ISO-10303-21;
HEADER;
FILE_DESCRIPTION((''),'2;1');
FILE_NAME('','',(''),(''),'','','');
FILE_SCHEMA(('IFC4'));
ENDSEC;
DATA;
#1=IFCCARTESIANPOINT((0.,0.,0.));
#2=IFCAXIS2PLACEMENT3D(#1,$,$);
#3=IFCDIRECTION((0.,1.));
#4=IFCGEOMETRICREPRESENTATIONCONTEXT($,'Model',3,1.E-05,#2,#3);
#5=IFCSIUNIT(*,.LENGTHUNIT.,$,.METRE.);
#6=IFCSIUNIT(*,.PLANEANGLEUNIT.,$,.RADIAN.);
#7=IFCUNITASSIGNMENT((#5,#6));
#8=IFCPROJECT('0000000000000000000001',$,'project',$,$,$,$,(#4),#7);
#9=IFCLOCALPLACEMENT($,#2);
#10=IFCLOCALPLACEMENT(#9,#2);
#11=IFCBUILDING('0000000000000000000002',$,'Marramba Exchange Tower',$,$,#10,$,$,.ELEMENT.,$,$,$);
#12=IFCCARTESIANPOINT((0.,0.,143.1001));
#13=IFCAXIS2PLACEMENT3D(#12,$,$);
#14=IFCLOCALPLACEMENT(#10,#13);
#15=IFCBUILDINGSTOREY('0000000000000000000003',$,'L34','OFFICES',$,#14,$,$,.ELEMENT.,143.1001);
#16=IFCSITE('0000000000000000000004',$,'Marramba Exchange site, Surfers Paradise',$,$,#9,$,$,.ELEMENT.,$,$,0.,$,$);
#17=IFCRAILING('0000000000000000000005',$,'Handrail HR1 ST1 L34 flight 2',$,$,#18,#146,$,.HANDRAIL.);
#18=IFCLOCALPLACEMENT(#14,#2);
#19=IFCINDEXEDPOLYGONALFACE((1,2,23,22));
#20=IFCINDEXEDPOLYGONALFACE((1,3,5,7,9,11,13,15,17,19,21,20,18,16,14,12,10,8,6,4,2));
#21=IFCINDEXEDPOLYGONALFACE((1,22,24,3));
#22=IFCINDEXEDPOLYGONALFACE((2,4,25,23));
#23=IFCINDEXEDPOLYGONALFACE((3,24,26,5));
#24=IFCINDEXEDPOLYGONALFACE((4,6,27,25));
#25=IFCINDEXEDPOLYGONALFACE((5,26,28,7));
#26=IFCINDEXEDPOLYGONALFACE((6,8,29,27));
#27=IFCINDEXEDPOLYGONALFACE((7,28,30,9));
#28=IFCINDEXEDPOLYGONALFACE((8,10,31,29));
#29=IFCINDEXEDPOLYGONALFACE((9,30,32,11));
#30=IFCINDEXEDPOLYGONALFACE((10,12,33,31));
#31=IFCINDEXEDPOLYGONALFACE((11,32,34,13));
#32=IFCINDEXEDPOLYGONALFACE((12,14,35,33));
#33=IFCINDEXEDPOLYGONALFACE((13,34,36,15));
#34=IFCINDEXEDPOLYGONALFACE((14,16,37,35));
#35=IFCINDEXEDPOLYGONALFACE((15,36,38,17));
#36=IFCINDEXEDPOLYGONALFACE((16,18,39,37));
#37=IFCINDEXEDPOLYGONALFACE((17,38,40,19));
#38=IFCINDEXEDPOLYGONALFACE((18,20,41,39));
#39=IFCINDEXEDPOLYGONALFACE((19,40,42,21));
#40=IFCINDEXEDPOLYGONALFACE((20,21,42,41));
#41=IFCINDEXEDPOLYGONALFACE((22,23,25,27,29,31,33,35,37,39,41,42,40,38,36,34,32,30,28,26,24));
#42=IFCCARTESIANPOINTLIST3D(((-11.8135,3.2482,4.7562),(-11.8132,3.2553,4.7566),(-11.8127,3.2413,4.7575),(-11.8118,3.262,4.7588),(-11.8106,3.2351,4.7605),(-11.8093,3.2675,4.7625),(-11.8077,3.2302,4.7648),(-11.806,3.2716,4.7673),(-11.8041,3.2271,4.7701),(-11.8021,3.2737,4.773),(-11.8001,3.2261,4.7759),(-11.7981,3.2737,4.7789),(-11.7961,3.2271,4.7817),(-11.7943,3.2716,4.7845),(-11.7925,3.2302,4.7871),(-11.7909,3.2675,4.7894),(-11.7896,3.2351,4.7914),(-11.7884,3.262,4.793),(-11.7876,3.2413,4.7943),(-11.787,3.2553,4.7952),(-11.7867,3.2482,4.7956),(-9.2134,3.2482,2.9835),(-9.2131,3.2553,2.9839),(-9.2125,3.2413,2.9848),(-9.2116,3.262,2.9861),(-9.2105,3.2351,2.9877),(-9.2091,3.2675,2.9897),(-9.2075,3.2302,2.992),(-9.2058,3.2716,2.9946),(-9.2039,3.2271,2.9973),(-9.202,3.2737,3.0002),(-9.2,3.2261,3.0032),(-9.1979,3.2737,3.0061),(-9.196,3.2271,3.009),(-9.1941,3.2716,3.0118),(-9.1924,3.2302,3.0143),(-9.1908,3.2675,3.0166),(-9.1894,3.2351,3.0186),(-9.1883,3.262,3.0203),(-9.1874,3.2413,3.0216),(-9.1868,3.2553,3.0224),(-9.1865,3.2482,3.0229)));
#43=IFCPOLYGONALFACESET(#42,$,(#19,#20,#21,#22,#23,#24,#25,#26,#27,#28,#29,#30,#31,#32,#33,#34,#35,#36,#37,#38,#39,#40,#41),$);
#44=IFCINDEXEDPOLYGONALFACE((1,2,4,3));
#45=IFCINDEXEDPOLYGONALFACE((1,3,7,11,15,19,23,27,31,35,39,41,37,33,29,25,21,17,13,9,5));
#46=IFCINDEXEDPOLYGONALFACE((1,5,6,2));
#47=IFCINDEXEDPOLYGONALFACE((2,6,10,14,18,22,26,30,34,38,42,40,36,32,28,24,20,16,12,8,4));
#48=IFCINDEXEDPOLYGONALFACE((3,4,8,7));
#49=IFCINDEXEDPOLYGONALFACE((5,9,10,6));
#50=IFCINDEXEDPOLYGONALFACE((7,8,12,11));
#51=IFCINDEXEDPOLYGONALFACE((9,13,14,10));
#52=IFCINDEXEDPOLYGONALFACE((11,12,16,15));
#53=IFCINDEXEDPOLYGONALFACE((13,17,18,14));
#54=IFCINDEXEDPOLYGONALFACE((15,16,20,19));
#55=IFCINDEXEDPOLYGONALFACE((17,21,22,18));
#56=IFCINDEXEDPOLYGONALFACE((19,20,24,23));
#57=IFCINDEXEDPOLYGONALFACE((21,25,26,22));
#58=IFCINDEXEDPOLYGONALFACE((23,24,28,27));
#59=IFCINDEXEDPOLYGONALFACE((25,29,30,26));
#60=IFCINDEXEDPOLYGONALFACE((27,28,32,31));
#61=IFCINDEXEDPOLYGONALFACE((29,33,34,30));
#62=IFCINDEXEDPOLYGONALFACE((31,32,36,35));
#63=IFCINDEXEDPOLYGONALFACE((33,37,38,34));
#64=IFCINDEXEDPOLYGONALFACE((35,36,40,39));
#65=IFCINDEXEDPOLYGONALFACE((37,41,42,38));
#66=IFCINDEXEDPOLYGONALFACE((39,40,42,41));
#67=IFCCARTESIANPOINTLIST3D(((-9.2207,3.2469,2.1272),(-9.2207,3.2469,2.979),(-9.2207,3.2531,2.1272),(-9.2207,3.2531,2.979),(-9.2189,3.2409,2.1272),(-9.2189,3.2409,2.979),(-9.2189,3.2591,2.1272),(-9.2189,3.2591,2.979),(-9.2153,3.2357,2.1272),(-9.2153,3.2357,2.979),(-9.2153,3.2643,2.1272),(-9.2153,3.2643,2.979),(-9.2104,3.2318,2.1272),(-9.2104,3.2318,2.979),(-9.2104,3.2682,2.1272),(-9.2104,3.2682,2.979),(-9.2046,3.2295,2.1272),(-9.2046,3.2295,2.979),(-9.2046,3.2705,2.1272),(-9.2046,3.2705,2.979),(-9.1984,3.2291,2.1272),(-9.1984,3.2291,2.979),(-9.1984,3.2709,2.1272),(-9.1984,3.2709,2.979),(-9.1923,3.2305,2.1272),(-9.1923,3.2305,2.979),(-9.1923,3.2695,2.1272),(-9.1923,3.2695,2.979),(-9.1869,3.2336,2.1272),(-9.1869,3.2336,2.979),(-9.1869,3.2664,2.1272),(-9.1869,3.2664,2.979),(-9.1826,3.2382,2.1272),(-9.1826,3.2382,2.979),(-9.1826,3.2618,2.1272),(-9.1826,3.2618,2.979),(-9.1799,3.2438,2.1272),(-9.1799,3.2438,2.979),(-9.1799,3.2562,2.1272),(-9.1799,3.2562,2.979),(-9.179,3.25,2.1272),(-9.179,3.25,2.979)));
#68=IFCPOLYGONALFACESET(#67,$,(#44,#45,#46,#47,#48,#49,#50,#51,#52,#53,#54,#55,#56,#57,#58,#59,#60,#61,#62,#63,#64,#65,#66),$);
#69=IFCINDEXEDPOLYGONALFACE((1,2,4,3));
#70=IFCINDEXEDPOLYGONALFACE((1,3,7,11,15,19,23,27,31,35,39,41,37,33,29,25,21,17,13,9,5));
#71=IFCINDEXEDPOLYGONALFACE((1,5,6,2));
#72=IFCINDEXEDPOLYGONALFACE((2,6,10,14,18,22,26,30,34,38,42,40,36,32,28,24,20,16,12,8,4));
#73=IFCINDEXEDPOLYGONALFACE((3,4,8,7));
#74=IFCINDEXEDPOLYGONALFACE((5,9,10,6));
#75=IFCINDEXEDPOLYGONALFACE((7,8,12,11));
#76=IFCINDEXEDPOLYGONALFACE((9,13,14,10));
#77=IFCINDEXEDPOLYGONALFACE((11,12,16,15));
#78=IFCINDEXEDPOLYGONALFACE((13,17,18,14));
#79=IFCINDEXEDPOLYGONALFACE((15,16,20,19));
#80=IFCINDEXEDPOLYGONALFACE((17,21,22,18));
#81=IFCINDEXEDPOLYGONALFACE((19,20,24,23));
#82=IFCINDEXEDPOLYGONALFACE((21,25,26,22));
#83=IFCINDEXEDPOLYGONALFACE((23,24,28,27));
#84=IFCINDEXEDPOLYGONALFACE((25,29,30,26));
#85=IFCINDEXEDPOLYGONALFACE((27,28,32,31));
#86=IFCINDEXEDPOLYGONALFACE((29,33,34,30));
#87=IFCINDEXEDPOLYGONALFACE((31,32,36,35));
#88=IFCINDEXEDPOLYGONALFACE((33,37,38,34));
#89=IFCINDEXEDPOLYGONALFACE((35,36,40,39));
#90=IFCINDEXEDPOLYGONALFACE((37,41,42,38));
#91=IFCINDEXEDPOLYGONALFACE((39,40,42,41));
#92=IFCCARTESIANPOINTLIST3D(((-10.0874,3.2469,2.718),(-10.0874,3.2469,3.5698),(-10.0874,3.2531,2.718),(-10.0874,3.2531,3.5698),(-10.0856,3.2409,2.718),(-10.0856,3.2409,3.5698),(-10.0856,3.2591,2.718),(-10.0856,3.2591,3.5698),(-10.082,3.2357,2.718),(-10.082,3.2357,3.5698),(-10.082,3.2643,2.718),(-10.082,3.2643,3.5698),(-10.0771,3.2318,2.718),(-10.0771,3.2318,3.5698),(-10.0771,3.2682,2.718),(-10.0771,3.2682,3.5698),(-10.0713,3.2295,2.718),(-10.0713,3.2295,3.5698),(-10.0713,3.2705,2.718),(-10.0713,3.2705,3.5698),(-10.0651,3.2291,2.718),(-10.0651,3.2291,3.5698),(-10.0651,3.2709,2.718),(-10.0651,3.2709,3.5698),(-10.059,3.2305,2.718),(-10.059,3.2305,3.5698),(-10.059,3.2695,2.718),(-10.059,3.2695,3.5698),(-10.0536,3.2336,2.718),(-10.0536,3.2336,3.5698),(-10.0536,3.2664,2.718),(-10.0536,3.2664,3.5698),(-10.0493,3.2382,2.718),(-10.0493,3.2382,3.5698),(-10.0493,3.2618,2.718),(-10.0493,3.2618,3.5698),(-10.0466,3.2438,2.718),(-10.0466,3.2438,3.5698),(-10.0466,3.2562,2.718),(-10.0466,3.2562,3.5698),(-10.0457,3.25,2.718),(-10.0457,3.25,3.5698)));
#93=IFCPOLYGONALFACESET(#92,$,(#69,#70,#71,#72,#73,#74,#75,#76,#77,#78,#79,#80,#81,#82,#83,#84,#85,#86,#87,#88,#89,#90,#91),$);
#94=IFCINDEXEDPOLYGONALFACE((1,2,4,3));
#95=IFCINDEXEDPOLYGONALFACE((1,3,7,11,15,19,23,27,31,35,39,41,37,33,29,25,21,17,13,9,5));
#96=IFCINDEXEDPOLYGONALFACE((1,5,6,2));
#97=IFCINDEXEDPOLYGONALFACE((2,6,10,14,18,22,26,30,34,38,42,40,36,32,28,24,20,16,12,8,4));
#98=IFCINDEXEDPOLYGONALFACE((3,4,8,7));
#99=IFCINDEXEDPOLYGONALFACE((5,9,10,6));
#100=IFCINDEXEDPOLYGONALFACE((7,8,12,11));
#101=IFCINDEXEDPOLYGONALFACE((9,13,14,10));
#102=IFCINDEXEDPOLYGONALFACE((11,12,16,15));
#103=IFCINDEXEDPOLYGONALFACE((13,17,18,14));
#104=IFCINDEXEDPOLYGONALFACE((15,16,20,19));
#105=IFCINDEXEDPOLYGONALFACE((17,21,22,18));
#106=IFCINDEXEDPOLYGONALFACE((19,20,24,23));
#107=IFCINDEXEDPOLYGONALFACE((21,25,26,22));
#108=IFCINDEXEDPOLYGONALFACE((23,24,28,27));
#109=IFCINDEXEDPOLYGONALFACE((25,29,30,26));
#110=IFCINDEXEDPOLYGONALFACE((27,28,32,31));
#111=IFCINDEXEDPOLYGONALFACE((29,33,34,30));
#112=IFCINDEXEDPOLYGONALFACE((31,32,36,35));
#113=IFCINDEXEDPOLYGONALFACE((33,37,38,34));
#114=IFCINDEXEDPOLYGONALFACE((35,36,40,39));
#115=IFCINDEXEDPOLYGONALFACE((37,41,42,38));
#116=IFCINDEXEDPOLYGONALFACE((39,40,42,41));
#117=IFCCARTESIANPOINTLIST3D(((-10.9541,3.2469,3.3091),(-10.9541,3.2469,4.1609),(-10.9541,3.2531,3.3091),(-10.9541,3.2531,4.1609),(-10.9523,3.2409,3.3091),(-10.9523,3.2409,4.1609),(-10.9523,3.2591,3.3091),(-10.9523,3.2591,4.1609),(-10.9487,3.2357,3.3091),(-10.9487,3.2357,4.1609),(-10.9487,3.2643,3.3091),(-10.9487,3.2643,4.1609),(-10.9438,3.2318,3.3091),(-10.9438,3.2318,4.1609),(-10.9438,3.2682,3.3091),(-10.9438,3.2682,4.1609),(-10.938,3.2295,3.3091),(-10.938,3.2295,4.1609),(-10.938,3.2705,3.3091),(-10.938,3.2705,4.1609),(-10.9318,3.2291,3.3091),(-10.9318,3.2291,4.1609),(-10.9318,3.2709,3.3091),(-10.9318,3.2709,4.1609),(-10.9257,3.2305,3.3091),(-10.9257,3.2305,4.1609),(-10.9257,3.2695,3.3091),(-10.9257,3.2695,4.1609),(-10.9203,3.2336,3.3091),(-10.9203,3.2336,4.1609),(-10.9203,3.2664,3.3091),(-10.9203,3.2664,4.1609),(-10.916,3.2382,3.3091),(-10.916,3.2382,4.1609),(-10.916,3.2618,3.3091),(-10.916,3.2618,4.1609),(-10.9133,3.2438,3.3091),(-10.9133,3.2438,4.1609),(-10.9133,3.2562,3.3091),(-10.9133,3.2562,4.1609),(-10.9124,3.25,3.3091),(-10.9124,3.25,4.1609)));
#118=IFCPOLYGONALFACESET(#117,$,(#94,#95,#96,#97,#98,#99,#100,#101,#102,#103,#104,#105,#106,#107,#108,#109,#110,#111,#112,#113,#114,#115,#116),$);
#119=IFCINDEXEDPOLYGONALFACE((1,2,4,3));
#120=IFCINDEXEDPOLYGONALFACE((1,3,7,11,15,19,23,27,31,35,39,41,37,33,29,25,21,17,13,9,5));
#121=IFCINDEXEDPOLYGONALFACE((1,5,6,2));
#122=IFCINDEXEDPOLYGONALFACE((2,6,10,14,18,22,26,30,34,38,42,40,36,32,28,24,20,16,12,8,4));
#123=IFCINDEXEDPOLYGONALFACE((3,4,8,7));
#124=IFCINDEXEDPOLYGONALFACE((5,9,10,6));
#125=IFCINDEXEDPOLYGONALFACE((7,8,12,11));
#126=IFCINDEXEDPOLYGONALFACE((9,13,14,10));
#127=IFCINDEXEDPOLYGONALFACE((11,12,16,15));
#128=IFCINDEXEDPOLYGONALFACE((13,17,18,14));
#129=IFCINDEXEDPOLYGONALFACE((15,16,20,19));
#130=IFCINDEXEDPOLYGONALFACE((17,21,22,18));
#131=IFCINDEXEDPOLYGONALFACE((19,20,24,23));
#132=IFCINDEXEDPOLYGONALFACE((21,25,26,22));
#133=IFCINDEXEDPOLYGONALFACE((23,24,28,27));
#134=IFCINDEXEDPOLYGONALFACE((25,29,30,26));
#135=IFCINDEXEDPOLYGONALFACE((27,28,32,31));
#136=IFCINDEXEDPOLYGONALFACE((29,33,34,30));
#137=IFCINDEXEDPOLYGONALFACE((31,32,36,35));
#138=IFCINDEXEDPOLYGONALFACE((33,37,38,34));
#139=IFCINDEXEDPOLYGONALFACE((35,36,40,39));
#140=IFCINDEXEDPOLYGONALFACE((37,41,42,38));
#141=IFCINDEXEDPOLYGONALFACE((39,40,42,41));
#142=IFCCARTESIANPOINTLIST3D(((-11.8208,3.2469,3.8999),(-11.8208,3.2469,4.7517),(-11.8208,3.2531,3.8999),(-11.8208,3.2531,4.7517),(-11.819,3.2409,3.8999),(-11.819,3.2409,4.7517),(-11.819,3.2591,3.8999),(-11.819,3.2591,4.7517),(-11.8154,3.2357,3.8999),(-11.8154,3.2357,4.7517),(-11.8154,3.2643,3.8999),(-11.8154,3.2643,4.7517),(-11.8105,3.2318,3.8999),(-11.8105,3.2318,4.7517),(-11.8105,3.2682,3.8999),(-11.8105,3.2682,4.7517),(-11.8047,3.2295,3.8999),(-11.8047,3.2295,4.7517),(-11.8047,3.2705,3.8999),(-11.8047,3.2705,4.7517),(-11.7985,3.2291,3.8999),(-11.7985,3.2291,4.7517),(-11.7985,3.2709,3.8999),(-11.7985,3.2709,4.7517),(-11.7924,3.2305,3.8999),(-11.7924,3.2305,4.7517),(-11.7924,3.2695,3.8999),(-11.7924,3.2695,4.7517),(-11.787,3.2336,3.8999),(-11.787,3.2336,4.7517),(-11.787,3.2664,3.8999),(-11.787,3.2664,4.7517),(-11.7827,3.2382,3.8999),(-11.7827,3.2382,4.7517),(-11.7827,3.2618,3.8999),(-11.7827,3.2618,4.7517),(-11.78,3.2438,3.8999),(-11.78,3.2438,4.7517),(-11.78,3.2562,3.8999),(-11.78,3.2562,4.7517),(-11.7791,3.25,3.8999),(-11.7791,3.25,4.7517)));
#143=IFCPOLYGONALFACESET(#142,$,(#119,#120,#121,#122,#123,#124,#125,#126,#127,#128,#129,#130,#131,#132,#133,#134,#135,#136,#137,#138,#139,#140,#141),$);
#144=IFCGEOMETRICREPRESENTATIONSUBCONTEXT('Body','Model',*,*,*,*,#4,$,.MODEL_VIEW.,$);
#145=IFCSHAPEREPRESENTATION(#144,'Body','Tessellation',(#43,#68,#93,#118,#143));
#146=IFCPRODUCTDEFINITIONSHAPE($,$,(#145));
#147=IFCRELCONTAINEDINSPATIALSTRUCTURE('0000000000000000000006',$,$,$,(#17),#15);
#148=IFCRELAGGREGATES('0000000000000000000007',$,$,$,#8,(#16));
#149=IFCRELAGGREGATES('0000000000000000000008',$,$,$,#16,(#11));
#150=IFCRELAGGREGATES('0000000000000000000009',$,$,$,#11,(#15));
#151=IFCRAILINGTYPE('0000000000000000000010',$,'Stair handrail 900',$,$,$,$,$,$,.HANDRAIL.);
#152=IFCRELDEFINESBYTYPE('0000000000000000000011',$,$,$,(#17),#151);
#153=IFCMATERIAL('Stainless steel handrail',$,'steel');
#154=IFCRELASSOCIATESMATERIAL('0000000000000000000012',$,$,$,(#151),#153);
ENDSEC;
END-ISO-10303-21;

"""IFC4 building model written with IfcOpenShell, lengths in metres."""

from ifc_helpers import new_model, si_unit, direction, frame, origin, origin_2d, place, context, subcontext, project, spatial, circle, extrude, material, type_object, element, save


model = new_model("IFC4")

# Units and contexts
model_context = context("Model", 3, precision=1e-05, world=origin(), true_north=direction((0.0, 1.0)))
body_context = subcontext(model_context, "Body", "Model", "MODEL_VIEW")
ifc_project = project(units=[si_unit("LENGTHUNIT", "METRE"), si_unit("PLANEANGLEUNIT", "RADIAN")], contexts=[model_context])

# Site, building, storey
site_placement = place(None, origin())
site = spatial("IfcSite", under=ifc_project, at=site_placement, Name="Marramba Exchange site, Surfers Paradise", CompositionType="ELEMENT", RefElevation=0.0)
building_placement = place(site_placement, origin())
building = spatial("IfcBuilding", under=site, at=building_placement, Name="Marramba Exchange Tower", CompositionType="ELEMENT")
storey_placement = place(building_placement, frame((0.0, 0.0, 143.1001)))
storey = spatial("IfcBuildingStorey", under=building, at=storey_placement, Name="L34", Description="OFFICES", CompositionType="ELEMENT", Elevation=143.1001)

# Railing
ifc_material_1 = material(Name="Stainless steel handrail", Category="steel")
railing_type = type_object("IfcRailingType", Name="Stair handrail 900", PredefinedType="HANDRAIL", material=ifc_material_1)
railing_placement = place(storey_placement, frame((-9.2, 3.25, 2.1272)))
element("IfcRailing", 1, at=railing_placement, inside=storey, type_object=railing_type, Name="Handrail HR1 ST1 L34 flight 2", PredefinedType="HANDRAIL", context=body_context, shape_type="SweptSolid", body=[
    extrude(circle(Radius=0.0239, at=origin_2d()), frame((0.0, 0.0, 0.876), z_axis=(-0.82624, 0.0, 0.563318), x_axis=(0.0, -1.0, 0.0)), (0.0, 0.0, 1.0), 3.147),
    extrude(circle(Radius=0.021, at=origin_2d()), origin(), (0.0, 0.0, 1.0), 0.8518),
    extrude(circle(Radius=0.021, at=origin_2d()), frame((-0.8667, 0.0, 0.5908)), (0.0, 0.0, 1.0), 0.8518),
    extrude(circle(Radius=0.021, at=origin_2d()), frame((-1.7334, 0.0, 1.1819)), (0.0, 0.0, 1.0), 0.8518),
    extrude(circle(Radius=0.021, at=origin_2d()), frame((-2.6001, 0.0, 1.7727)), (0.0, 0.0, 1.0), 0.8518),
])

save(model, "model.ifc")
